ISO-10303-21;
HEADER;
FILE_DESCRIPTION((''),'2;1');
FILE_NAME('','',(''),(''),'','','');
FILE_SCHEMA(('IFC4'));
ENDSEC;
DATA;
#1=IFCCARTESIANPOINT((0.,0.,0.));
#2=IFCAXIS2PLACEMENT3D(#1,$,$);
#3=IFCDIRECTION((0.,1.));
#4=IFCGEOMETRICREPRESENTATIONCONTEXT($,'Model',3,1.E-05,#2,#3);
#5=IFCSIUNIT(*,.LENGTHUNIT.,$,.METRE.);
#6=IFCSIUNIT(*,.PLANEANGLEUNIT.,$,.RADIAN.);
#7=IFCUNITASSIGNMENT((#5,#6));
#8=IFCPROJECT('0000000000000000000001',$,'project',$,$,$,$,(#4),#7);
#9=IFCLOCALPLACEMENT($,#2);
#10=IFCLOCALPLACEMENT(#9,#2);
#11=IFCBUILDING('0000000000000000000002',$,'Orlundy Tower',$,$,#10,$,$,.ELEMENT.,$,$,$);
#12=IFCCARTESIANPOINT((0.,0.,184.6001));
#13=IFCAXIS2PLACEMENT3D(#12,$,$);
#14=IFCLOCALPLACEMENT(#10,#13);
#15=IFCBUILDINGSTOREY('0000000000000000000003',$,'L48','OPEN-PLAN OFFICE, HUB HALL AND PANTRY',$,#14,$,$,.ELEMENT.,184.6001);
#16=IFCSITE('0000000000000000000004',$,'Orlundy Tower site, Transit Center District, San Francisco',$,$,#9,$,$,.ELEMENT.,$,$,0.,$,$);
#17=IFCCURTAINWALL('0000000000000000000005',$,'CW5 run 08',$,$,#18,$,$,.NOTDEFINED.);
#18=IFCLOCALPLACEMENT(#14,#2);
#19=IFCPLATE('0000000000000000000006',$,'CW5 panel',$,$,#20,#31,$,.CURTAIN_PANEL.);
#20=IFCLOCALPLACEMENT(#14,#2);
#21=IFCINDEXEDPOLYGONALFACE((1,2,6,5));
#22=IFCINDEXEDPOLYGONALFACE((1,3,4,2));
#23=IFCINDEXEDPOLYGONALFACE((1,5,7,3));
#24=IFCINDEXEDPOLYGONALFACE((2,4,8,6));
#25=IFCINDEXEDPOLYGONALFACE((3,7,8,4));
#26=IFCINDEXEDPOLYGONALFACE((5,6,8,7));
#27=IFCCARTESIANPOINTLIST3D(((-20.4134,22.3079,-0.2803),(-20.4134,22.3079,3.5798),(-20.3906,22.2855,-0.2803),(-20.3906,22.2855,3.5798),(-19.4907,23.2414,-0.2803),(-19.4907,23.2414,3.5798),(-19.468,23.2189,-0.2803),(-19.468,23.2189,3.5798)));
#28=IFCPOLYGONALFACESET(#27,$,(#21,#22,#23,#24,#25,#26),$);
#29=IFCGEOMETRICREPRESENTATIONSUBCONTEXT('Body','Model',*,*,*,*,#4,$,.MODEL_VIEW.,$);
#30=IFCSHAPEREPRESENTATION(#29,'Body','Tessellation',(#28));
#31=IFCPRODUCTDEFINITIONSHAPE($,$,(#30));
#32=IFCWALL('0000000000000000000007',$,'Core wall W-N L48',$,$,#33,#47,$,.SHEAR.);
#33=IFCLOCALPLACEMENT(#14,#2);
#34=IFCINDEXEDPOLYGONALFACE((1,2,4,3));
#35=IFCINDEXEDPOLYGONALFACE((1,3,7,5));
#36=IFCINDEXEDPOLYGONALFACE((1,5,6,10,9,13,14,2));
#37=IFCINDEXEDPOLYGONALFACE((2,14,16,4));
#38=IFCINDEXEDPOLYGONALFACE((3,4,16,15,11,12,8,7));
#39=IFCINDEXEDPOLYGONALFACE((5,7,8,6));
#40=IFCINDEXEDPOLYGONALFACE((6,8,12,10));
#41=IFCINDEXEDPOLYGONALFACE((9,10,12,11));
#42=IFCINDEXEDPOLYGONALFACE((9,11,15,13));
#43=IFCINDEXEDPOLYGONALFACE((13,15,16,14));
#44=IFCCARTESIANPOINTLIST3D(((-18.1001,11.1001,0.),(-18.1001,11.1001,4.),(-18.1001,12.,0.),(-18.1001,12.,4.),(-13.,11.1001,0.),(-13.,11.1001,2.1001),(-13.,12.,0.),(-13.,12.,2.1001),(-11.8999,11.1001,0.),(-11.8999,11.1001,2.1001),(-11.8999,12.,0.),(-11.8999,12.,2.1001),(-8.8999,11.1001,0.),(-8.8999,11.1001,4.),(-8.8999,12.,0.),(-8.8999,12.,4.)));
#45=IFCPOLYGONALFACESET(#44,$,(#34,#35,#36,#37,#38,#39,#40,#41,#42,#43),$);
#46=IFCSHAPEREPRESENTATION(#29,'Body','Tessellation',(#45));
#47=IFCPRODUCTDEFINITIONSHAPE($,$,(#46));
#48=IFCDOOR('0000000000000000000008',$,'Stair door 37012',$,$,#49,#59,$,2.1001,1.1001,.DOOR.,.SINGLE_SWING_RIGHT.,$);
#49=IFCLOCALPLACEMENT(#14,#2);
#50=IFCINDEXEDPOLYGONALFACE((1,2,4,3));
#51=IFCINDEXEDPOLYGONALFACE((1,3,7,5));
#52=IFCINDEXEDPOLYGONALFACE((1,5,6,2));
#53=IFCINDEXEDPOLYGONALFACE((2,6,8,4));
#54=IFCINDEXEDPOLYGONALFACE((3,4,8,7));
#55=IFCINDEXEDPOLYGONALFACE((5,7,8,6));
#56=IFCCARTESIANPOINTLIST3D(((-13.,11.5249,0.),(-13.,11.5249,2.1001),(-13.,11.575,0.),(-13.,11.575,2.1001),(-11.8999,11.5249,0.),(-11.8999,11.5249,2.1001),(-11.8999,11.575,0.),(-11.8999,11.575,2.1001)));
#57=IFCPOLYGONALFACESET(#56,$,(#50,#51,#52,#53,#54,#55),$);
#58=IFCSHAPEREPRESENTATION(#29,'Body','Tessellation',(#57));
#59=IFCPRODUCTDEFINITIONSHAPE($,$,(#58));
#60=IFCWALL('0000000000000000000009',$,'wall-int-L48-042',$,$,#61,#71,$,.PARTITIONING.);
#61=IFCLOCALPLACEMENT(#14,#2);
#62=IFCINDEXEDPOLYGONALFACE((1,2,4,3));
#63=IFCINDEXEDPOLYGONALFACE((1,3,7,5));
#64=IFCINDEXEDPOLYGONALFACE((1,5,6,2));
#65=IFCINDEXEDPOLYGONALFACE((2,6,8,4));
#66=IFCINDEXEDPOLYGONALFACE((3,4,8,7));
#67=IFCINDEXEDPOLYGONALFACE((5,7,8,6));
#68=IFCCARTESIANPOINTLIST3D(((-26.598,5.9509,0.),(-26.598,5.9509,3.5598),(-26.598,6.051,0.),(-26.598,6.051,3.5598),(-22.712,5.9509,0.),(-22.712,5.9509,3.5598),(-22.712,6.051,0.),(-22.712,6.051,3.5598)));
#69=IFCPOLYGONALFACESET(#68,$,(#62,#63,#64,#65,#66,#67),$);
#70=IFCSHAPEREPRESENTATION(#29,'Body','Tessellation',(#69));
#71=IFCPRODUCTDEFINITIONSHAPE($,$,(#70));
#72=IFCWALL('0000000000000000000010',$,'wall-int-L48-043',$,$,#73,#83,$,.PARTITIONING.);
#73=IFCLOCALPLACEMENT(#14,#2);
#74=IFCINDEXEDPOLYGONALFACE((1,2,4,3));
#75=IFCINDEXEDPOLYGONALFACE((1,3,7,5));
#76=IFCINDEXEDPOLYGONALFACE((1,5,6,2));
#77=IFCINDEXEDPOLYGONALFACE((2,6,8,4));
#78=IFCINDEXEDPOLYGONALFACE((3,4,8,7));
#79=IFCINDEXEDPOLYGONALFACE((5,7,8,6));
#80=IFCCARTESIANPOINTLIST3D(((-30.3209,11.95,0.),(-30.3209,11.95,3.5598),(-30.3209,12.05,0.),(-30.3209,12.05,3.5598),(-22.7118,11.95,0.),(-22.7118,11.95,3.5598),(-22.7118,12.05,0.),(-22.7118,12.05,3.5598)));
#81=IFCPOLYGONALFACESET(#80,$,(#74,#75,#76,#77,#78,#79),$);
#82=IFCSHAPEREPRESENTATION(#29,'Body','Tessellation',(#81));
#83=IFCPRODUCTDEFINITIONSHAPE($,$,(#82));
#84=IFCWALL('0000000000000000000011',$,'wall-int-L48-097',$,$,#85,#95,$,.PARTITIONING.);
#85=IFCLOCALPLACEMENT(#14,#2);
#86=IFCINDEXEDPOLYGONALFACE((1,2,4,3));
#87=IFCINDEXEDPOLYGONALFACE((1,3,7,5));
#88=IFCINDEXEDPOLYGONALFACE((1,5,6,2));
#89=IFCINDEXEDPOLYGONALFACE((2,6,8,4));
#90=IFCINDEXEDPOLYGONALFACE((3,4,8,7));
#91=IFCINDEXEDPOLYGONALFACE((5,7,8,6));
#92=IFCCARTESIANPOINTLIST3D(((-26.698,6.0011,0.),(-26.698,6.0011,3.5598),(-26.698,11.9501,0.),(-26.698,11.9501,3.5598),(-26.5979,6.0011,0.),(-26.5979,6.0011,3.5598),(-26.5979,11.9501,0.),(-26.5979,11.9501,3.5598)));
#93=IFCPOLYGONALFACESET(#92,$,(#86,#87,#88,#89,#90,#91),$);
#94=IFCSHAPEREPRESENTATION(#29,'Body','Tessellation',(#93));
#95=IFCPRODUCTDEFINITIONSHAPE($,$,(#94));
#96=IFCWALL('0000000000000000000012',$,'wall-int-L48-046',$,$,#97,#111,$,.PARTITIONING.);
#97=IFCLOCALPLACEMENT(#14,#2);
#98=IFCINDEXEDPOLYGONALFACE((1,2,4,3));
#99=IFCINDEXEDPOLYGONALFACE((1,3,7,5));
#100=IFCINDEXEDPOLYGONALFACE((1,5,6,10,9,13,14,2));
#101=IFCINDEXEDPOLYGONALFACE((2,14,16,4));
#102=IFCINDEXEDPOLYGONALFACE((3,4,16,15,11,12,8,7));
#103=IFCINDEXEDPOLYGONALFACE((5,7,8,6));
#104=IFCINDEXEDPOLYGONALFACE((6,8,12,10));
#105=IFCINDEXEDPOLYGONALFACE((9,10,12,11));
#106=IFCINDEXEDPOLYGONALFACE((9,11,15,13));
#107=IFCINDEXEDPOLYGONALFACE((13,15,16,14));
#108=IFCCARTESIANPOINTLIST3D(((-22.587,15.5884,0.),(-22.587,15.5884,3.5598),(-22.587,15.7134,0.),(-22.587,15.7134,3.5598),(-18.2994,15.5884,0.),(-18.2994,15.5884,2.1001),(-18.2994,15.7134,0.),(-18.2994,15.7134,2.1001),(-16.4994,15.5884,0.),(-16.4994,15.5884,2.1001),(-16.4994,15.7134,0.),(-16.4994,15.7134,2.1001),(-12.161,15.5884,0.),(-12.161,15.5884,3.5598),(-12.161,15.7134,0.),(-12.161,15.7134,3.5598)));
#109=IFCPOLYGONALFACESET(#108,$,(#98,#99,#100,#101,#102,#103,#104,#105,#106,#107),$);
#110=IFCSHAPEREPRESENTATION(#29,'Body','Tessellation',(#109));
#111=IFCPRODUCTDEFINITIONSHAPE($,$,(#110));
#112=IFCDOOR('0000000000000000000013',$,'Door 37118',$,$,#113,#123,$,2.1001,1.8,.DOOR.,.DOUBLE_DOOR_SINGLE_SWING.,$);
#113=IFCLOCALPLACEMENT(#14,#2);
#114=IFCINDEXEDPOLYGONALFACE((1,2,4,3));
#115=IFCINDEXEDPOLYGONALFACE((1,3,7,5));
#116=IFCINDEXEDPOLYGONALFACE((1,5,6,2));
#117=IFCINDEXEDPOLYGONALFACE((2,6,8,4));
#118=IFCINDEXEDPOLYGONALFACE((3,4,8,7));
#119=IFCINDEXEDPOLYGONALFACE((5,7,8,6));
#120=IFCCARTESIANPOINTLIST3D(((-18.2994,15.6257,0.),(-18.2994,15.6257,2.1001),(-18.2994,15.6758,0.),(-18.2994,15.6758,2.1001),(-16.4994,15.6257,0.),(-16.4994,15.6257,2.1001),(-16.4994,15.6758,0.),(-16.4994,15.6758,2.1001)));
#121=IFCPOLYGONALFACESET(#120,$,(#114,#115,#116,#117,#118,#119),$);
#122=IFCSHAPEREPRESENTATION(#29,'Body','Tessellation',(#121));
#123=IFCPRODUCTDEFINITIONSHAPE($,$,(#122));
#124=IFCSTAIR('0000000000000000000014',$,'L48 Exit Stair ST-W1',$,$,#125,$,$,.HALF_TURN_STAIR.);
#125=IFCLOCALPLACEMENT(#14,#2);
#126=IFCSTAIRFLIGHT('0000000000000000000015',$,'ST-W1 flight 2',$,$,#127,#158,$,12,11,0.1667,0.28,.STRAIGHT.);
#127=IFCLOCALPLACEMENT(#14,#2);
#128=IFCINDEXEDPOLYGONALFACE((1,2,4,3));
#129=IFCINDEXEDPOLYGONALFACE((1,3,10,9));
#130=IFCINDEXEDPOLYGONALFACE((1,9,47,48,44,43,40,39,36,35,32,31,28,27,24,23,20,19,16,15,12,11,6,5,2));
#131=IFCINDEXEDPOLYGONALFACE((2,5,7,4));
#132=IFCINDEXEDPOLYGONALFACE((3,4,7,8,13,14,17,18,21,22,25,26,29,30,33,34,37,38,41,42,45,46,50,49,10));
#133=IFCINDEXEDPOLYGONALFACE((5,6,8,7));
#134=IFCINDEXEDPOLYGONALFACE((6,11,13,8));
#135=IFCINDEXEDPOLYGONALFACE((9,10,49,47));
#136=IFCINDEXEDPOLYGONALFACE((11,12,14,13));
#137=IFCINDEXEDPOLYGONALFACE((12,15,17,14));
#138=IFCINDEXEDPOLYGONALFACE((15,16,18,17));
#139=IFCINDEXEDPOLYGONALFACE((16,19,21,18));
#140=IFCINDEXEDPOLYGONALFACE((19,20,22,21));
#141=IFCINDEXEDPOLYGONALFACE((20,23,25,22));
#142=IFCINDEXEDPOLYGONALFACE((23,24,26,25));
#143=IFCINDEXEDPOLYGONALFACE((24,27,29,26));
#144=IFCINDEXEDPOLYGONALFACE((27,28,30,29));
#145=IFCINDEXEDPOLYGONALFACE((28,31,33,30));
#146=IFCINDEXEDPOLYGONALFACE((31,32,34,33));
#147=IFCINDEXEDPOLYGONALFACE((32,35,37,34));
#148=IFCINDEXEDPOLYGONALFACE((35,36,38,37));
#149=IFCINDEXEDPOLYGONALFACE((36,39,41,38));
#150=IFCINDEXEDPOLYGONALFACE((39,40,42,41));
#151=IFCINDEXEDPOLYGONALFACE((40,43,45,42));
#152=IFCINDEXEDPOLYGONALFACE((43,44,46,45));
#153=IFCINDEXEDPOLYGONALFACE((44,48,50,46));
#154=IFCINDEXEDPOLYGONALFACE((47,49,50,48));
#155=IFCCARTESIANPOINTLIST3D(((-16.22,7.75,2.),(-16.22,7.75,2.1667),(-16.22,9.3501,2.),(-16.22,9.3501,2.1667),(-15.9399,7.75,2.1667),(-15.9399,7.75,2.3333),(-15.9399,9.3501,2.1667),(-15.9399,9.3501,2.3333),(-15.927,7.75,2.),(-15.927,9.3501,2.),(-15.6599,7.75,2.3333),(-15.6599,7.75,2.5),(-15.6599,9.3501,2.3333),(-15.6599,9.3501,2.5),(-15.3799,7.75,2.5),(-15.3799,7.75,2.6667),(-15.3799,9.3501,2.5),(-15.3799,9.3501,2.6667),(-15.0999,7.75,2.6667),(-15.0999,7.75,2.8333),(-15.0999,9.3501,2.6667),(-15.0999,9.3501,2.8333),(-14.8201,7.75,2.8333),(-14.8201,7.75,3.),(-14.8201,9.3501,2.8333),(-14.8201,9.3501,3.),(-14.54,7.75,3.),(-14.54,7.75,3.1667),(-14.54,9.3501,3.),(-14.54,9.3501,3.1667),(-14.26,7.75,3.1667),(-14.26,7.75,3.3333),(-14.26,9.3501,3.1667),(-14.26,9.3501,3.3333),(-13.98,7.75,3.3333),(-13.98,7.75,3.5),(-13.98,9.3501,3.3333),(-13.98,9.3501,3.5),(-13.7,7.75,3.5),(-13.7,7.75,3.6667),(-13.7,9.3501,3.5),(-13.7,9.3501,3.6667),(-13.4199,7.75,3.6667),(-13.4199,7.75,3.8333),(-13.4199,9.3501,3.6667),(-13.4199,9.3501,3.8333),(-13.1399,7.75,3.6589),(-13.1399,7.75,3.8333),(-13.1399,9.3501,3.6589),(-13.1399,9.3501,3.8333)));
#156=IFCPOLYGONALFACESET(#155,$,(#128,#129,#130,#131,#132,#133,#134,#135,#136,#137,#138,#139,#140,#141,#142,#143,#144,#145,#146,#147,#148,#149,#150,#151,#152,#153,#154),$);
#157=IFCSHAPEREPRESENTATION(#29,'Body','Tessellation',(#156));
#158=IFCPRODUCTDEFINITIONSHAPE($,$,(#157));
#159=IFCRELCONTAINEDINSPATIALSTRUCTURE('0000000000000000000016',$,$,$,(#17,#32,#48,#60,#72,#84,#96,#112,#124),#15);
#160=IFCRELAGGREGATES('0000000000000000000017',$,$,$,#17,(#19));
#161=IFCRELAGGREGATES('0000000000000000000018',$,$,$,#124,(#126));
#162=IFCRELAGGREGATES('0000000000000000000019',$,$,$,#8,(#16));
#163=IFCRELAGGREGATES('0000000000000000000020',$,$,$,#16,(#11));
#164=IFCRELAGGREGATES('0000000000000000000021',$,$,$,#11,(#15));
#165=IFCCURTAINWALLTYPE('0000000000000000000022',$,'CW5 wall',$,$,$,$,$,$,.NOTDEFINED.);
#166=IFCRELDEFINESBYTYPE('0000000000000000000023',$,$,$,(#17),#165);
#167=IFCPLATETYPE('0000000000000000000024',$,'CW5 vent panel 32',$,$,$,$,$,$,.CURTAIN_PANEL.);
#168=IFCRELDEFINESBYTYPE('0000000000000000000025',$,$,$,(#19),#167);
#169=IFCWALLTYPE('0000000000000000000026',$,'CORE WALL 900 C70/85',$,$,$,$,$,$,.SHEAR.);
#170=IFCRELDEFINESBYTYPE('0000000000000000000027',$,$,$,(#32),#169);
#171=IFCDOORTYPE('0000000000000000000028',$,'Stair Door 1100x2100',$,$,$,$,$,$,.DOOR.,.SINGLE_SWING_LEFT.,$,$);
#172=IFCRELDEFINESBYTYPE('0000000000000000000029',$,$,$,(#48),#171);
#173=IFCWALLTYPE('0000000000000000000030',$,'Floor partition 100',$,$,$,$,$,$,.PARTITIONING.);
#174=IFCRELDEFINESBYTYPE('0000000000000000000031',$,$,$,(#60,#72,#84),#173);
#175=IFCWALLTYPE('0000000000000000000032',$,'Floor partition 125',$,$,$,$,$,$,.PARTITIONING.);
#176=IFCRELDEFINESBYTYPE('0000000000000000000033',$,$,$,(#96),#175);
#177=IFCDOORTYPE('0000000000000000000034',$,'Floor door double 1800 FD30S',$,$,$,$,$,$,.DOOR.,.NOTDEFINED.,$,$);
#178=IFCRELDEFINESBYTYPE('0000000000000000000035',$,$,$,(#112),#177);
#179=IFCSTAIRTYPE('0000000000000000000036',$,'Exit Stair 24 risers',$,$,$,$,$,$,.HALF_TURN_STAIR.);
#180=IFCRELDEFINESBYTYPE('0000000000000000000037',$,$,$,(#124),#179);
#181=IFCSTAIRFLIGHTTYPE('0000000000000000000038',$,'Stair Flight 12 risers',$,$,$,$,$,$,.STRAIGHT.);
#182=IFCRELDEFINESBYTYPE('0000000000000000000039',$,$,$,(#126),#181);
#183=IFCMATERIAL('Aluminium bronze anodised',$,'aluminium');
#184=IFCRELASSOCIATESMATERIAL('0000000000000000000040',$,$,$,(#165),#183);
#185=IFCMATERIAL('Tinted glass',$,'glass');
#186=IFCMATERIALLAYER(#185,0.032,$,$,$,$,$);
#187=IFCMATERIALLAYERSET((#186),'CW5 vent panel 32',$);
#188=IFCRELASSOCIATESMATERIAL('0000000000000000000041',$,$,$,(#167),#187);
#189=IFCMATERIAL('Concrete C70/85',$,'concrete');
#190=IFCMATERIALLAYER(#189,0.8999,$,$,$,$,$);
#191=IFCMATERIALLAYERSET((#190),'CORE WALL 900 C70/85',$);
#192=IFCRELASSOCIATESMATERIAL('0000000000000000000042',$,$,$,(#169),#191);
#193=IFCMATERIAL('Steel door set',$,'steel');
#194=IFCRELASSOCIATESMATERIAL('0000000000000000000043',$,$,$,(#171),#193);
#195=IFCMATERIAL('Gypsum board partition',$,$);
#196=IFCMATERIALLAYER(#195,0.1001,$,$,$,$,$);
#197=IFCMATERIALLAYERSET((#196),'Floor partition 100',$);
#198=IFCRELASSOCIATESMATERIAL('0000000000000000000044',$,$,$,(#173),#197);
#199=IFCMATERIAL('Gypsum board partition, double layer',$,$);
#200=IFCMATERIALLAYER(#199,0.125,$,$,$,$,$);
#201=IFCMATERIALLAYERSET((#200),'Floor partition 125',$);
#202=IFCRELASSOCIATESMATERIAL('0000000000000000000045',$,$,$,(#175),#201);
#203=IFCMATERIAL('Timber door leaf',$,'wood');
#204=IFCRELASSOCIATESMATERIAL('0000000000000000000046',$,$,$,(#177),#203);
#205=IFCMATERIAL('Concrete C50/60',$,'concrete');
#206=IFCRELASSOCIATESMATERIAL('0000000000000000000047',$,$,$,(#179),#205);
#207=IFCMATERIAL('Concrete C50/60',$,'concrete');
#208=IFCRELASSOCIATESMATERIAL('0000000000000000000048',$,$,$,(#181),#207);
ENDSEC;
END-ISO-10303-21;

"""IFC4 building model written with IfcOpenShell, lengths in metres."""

from ifc_helpers import new_model, si_unit, direction, frame, frame_2d, origin, origin_2d, place, context, subcontext, project, spatial, polyline, rectangle, outline, extrude, material, layer, layer_set, type_object, element, fill, aggregate, save


model = new_model("IFC4")

# Units and contexts
model_context = context("Model", 3, precision=1e-05, world=origin(), true_north=direction((0.0, 1.0)))
body_context = subcontext(model_context, "Body", "Model", "MODEL_VIEW")
ifc_project = project(units=[si_unit("LENGTHUNIT", "METRE"), si_unit("PLANEANGLEUNIT", "RADIAN")], contexts=[model_context])

# Site, building, storey
site_placement = place(None, origin())
site = spatial("IfcSite", under=ifc_project, at=site_placement, Name="Orlundy Tower site, Transit Center District, San Francisco", CompositionType="ELEMENT", RefElevation=0.0)
building_placement = place(site_placement, origin())
building = spatial("IfcBuilding", under=site, at=building_placement, Name="Orlundy Tower", CompositionType="ELEMENT")
storey_placement = place(building_placement, frame((0.0, 0.0, 184.6001)))
storey = spatial("IfcBuildingStorey", under=building, at=storey_placement, Name="L48", Description="OPEN-PLAN OFFICE, HUB HALL AND PANTRY", CompositionType="ELEMENT", Elevation=184.6001)

# Curtain wall
ifc_material_1 = material(Name="Aluminium bronze anodised", Category="aluminium")
curtain_wall_type = type_object("IfcCurtainWallType", Name="CW5 wall", PredefinedType="NOTDEFINED", material=ifc_material_1)
curtain_wall_1_placement = place(storey_placement, origin())
curtain_wall_1 = element("IfcCurtainWall", 1, at=curtain_wall_1_placement, inside=storey, type_object=curtain_wall_type, Name="CW5 run 08", PredefinedType="NOTDEFINED")

# Plate
ifc_material_2 = material(Name="Tinted glass", Category="glass")
ifc_layer_1 = layer(ifc_material_2, 0.032)
ifc_layer_set_1 = layer_set([ifc_layer_1], Name="CW5 vent panel 32")
plate_type_1 = type_object("IfcPlateType", Name="CW5 vent panel 32", PredefinedType="CURTAIN_PANEL", material=ifc_layer_set_1)
plate_1_placement = place(storey_placement, frame((-19.9407, 22.7634, -0.2803), z_axis=(0.0, 0.0, 1.0), x_axis=(0.702983, 0.711206, 0.0)))
plate_1 = element("IfcPlate", 2, at=plate_1_placement, type_object=plate_type_1, Name="CW5 panel", PredefinedType="CURTAIN_PANEL", context=body_context, shape_type="SweptSolid", body=[
    extrude(rectangle(XDim=1.3125, YDim=0.032, at=origin_2d()), origin(), (0.0, 0.0, 1.0), 3.8601),
])
aggregate(curtain_wall_1, [plate_1])

# Wall, opening, door
ifc_material_3 = material(Name="Concrete C70/85", Category="concrete")
ifc_layer_2 = layer(ifc_material_3, 0.8999)
ifc_layer_set_2 = layer_set([ifc_layer_2], Name="CORE WALL 900 C70/85")
wall_type_1 = type_object("IfcWallType", Name="CORE WALL 900 C70/85", PredefinedType="SHEAR", material=ifc_layer_set_2)
wall_1_placement = place(storey_placement, frame((-18.1001, 11.55, 0.0), z_axis=(0.0, 0.0, 1.0), x_axis=(1.0, 0.0, 0.0)))
wall_1 = element("IfcWall", 3, at=wall_1_placement, inside=storey, type_object=wall_type_1, Name="Core wall W-N L48", PredefinedType="SHEAR", context=body_context, shape_type="SweptSolid", body=[
    extrude(rectangle(XDim=9.2002, YDim=0.8999, at=frame_2d((4.6001, 0.0))), origin(), (0.0, 0.0, 1.0), 4.0),
])
opening_1_placement = place(wall_1_placement, frame((5.1001, 0.0, 0.0)))
opening_1 = element("IfcOpeningElement", 4, at=opening_1_placement, cuts=wall_1, PredefinedType="OPENING", context=body_context, shape_type="SweptSolid", body=[
    extrude(rectangle(XDim=1.1001, YDim=2.1001, at=frame_2d((0.55, 1.05))), frame((0.0, 0.46, 0.0), z_axis=(0.0, -1.0, 0.0), x_axis=(1.0, 0.0, 0.0)), (0.0, 0.0, 1.0), 0.9199),
])
ifc_material_4 = material(Name="Steel door set", Category="steel")
door_type_1 = type_object("IfcDoorType", Name="Stair Door 1100x2100", OperationType="SINGLE_SWING_LEFT", PredefinedType="DOOR", material=ifc_material_4)
door_1_placement = place(opening_1_placement, origin())
door_1 = element("IfcDoor", 5, at=door_1_placement, inside=storey, type_object=door_type_1, Name="Stair door 37012", OperationType="SINGLE_SWING_RIGHT", OverallHeight=2.1001, OverallWidth=1.1001, PredefinedType="DOOR", context=body_context, shape_type="SweptSolid", body=[
    extrude(rectangle(XDim=1.1001, YDim=2.1001, at=frame_2d((0.55, 1.05))), frame((0.0, 0.0249, 0.0), z_axis=(0.0, -1.0, 0.0), x_axis=(1.0, 0.0, 0.0)), (0.0, 0.0, 1.0), 0.05),
])
fill(opening_1, door_1)

# Walls
ifc_material_5 = material(Name="Gypsum board partition")
ifc_layer_3 = layer(ifc_material_5, 0.1001)
ifc_layer_set_3 = layer_set([ifc_layer_3], Name="Floor partition 100")
wall_type_2 = type_object("IfcWallType", Name="Floor partition 100", PredefinedType="PARTITIONING", material=ifc_layer_set_3)
wall_2_placement = place(storey_placement, frame((-26.5979, 6.001, 0.0), z_axis=(0.0, 0.0, 1.0), x_axis=(1.0, 0.0, 0.0)))
element("IfcWall", 6, at=wall_2_placement, inside=storey, type_object=wall_type_2, Name="wall-int-L48-042", PredefinedType="PARTITIONING", context=body_context, shape_type="SweptSolid", body=[
    extrude(rectangle(XDim=3.886, YDim=0.1001, at=frame_2d((1.9429, 0.0))), origin(), (0.0, 0.0, 1.0), 3.5598),
])
wall_3_placement = place(storey_placement, frame((-30.321, 12.0, 0.0), z_axis=(0.0, 0.0, 1.0), x_axis=(1.0, 0.0, 0.0)))
element("IfcWall", 7, at=wall_3_placement, inside=storey, type_object=wall_type_2, Name="wall-int-L48-043", PredefinedType="PARTITIONING", context=body_context, shape_type="SweptSolid", body=[
    extrude(rectangle(XDim=7.6091, YDim=0.1001, at=frame_2d((3.8047, 0.0))), origin(), (0.0, 0.0, 1.0), 3.5598),
])
wall_4_placement = place(storey_placement, frame((-26.6479, 6.001, 0.0), z_axis=(0.0, 0.0, 1.0), x_axis=(0.0, 1.0, 0.0)))
element("IfcWall", 8, at=wall_4_placement, inside=storey, type_object=wall_type_2, Name="wall-int-L48-097", PredefinedType="PARTITIONING", context=body_context, shape_type="SweptSolid", body=[
    extrude(rectangle(XDim=5.949, YDim=0.1001, at=frame_2d((2.9746, 0.0))), origin(), (0.0, 0.0, 1.0), 3.5598),
])

# Wall, opening, door
ifc_material_6 = material(Name="Gypsum board partition, double layer")
ifc_layer_4 = layer(ifc_material_6, 0.125)
ifc_layer_set_4 = layer_set([ifc_layer_4], Name="Floor partition 125")
wall_type_3 = type_object("IfcWallType", Name="Floor partition 125", PredefinedType="PARTITIONING", material=ifc_layer_set_4)
wall_5_placement = place(storey_placement, frame((-22.5869, 15.6509, 0.0), z_axis=(0.0, 0.0, 1.0), x_axis=(1.0, 0.0, 0.0)))
wall_5 = element("IfcWall", 9, at=wall_5_placement, inside=storey, type_object=wall_type_3, Name="wall-int-L48-046", PredefinedType="PARTITIONING", context=body_context, shape_type="SweptSolid", body=[
    extrude(rectangle(XDim=10.426, YDim=0.125, at=frame_2d((5.2129, 0.0))), origin(), (0.0, 0.0, 1.0), 3.5598),
])
opening_2_placement = place(wall_5_placement, frame((4.2876, 0.0, 0.0)))
opening_2 = element("IfcOpeningElement", 10, at=opening_2_placement, cuts=wall_5, PredefinedType="OPENING", context=body_context, shape_type="SweptSolid", body=[
    extrude(rectangle(XDim=1.8, YDim=2.1001, at=frame_2d((0.8999, 1.05))), frame((0.0, 0.0725, 0.0), z_axis=(0.0, -1.0, 0.0), x_axis=(1.0, 0.0, 0.0)), (0.0, 0.0, 1.0), 0.145),
])
ifc_material_7 = material(Name="Timber door leaf", Category="wood")
door_type_2 = type_object("IfcDoorType", Name="Floor door double 1800 FD30S", OperationType="NOTDEFINED", PredefinedType="DOOR", material=ifc_material_7)
door_2_placement = place(opening_2_placement, origin())
door_2 = element("IfcDoor", 11, at=door_2_placement, inside=storey, type_object=door_type_2, Name="Door 37118", OperationType="DOUBLE_DOOR_SINGLE_SWING", OverallHeight=2.1001, OverallWidth=1.8, PredefinedType="DOOR", context=body_context, shape_type="SweptSolid", body=[
    extrude(rectangle(XDim=1.8, YDim=2.1001, at=frame_2d((0.8999, 1.05))), frame((0.0, 0.0249, 0.0), z_axis=(0.0, -1.0, 0.0), x_axis=(1.0, 0.0, 0.0)), (0.0, 0.0, 1.0), 0.05),
])
fill(opening_2, door_2)

# Stair, stair flight
ifc_material_8 = material(Name="Concrete C50/60", Category="concrete")
stair_type = type_object("IfcStairType", Name="Exit Stair 24 risers", PredefinedType="HALF_TURN_STAIR", material=ifc_material_8)
stair_placement = place(storey_placement, origin())
stair = element("IfcStair", 12, at=stair_placement, inside=storey, type_object=stair_type, Name="L48 Exit Stair ST-W1", PredefinedType="HALF_TURN_STAIR")
ifc_material_9 = material(Name="Concrete C50/60", Category="concrete")
stair_flight_type = type_object("IfcStairFlightType", Name="Stair Flight 12 risers", PredefinedType="STRAIGHT", material=ifc_material_9)
stair_flight_placement = place(storey_placement, frame((-16.22, 8.55, 2.0), z_axis=(0.0, 0.0, 1.0), x_axis=(1.0, 0.0, 0.0)))
stair_flight = element("IfcStairFlight", 13, at=stair_flight_placement, type_object=stair_flight_type, Name="ST-W1 flight 2", NumberOfRisers=12, NumberOfTreads=11, PredefinedType="STRAIGHT", RiserHeight=0.1667, TreadLength=0.28, context=body_context, shape_type="SweptSolid", body=[
    extrude(outline(polyline([(0.0, 0.0), (0.0, 0.1667), (0.28, 0.1667), (0.28, 0.3333), (0.5601, 0.3333), (0.5601, 0.5), (0.8401, 0.5), (0.8401, 0.6667), (1.1201, 0.6667), (1.1201, 0.8333), (1.3999, 0.8333), (1.3999, 1.0), (1.6799, 1.0), (1.6799, 1.1667), (1.96, 1.1667), (1.96, 1.3333), (2.24, 1.3333), (2.24, 1.5), (2.52, 1.5), (2.52, 1.6667), (2.8, 1.6667), (2.8, 1.8333), (3.0801, 1.8333), (3.0801, 2.0), (3.0801, 1.6589), (0.293, 0.0), (0.0, 0.0)])), frame((0.0, 0.8, 0.0), z_axis=(0.0, -1.0, 0.0), x_axis=(1.0, 0.0, 0.0)), (0.0, 0.0, 1.0), 1.6001),
])
aggregate(stair, [stair_flight])

save(model, "model.ifc")
